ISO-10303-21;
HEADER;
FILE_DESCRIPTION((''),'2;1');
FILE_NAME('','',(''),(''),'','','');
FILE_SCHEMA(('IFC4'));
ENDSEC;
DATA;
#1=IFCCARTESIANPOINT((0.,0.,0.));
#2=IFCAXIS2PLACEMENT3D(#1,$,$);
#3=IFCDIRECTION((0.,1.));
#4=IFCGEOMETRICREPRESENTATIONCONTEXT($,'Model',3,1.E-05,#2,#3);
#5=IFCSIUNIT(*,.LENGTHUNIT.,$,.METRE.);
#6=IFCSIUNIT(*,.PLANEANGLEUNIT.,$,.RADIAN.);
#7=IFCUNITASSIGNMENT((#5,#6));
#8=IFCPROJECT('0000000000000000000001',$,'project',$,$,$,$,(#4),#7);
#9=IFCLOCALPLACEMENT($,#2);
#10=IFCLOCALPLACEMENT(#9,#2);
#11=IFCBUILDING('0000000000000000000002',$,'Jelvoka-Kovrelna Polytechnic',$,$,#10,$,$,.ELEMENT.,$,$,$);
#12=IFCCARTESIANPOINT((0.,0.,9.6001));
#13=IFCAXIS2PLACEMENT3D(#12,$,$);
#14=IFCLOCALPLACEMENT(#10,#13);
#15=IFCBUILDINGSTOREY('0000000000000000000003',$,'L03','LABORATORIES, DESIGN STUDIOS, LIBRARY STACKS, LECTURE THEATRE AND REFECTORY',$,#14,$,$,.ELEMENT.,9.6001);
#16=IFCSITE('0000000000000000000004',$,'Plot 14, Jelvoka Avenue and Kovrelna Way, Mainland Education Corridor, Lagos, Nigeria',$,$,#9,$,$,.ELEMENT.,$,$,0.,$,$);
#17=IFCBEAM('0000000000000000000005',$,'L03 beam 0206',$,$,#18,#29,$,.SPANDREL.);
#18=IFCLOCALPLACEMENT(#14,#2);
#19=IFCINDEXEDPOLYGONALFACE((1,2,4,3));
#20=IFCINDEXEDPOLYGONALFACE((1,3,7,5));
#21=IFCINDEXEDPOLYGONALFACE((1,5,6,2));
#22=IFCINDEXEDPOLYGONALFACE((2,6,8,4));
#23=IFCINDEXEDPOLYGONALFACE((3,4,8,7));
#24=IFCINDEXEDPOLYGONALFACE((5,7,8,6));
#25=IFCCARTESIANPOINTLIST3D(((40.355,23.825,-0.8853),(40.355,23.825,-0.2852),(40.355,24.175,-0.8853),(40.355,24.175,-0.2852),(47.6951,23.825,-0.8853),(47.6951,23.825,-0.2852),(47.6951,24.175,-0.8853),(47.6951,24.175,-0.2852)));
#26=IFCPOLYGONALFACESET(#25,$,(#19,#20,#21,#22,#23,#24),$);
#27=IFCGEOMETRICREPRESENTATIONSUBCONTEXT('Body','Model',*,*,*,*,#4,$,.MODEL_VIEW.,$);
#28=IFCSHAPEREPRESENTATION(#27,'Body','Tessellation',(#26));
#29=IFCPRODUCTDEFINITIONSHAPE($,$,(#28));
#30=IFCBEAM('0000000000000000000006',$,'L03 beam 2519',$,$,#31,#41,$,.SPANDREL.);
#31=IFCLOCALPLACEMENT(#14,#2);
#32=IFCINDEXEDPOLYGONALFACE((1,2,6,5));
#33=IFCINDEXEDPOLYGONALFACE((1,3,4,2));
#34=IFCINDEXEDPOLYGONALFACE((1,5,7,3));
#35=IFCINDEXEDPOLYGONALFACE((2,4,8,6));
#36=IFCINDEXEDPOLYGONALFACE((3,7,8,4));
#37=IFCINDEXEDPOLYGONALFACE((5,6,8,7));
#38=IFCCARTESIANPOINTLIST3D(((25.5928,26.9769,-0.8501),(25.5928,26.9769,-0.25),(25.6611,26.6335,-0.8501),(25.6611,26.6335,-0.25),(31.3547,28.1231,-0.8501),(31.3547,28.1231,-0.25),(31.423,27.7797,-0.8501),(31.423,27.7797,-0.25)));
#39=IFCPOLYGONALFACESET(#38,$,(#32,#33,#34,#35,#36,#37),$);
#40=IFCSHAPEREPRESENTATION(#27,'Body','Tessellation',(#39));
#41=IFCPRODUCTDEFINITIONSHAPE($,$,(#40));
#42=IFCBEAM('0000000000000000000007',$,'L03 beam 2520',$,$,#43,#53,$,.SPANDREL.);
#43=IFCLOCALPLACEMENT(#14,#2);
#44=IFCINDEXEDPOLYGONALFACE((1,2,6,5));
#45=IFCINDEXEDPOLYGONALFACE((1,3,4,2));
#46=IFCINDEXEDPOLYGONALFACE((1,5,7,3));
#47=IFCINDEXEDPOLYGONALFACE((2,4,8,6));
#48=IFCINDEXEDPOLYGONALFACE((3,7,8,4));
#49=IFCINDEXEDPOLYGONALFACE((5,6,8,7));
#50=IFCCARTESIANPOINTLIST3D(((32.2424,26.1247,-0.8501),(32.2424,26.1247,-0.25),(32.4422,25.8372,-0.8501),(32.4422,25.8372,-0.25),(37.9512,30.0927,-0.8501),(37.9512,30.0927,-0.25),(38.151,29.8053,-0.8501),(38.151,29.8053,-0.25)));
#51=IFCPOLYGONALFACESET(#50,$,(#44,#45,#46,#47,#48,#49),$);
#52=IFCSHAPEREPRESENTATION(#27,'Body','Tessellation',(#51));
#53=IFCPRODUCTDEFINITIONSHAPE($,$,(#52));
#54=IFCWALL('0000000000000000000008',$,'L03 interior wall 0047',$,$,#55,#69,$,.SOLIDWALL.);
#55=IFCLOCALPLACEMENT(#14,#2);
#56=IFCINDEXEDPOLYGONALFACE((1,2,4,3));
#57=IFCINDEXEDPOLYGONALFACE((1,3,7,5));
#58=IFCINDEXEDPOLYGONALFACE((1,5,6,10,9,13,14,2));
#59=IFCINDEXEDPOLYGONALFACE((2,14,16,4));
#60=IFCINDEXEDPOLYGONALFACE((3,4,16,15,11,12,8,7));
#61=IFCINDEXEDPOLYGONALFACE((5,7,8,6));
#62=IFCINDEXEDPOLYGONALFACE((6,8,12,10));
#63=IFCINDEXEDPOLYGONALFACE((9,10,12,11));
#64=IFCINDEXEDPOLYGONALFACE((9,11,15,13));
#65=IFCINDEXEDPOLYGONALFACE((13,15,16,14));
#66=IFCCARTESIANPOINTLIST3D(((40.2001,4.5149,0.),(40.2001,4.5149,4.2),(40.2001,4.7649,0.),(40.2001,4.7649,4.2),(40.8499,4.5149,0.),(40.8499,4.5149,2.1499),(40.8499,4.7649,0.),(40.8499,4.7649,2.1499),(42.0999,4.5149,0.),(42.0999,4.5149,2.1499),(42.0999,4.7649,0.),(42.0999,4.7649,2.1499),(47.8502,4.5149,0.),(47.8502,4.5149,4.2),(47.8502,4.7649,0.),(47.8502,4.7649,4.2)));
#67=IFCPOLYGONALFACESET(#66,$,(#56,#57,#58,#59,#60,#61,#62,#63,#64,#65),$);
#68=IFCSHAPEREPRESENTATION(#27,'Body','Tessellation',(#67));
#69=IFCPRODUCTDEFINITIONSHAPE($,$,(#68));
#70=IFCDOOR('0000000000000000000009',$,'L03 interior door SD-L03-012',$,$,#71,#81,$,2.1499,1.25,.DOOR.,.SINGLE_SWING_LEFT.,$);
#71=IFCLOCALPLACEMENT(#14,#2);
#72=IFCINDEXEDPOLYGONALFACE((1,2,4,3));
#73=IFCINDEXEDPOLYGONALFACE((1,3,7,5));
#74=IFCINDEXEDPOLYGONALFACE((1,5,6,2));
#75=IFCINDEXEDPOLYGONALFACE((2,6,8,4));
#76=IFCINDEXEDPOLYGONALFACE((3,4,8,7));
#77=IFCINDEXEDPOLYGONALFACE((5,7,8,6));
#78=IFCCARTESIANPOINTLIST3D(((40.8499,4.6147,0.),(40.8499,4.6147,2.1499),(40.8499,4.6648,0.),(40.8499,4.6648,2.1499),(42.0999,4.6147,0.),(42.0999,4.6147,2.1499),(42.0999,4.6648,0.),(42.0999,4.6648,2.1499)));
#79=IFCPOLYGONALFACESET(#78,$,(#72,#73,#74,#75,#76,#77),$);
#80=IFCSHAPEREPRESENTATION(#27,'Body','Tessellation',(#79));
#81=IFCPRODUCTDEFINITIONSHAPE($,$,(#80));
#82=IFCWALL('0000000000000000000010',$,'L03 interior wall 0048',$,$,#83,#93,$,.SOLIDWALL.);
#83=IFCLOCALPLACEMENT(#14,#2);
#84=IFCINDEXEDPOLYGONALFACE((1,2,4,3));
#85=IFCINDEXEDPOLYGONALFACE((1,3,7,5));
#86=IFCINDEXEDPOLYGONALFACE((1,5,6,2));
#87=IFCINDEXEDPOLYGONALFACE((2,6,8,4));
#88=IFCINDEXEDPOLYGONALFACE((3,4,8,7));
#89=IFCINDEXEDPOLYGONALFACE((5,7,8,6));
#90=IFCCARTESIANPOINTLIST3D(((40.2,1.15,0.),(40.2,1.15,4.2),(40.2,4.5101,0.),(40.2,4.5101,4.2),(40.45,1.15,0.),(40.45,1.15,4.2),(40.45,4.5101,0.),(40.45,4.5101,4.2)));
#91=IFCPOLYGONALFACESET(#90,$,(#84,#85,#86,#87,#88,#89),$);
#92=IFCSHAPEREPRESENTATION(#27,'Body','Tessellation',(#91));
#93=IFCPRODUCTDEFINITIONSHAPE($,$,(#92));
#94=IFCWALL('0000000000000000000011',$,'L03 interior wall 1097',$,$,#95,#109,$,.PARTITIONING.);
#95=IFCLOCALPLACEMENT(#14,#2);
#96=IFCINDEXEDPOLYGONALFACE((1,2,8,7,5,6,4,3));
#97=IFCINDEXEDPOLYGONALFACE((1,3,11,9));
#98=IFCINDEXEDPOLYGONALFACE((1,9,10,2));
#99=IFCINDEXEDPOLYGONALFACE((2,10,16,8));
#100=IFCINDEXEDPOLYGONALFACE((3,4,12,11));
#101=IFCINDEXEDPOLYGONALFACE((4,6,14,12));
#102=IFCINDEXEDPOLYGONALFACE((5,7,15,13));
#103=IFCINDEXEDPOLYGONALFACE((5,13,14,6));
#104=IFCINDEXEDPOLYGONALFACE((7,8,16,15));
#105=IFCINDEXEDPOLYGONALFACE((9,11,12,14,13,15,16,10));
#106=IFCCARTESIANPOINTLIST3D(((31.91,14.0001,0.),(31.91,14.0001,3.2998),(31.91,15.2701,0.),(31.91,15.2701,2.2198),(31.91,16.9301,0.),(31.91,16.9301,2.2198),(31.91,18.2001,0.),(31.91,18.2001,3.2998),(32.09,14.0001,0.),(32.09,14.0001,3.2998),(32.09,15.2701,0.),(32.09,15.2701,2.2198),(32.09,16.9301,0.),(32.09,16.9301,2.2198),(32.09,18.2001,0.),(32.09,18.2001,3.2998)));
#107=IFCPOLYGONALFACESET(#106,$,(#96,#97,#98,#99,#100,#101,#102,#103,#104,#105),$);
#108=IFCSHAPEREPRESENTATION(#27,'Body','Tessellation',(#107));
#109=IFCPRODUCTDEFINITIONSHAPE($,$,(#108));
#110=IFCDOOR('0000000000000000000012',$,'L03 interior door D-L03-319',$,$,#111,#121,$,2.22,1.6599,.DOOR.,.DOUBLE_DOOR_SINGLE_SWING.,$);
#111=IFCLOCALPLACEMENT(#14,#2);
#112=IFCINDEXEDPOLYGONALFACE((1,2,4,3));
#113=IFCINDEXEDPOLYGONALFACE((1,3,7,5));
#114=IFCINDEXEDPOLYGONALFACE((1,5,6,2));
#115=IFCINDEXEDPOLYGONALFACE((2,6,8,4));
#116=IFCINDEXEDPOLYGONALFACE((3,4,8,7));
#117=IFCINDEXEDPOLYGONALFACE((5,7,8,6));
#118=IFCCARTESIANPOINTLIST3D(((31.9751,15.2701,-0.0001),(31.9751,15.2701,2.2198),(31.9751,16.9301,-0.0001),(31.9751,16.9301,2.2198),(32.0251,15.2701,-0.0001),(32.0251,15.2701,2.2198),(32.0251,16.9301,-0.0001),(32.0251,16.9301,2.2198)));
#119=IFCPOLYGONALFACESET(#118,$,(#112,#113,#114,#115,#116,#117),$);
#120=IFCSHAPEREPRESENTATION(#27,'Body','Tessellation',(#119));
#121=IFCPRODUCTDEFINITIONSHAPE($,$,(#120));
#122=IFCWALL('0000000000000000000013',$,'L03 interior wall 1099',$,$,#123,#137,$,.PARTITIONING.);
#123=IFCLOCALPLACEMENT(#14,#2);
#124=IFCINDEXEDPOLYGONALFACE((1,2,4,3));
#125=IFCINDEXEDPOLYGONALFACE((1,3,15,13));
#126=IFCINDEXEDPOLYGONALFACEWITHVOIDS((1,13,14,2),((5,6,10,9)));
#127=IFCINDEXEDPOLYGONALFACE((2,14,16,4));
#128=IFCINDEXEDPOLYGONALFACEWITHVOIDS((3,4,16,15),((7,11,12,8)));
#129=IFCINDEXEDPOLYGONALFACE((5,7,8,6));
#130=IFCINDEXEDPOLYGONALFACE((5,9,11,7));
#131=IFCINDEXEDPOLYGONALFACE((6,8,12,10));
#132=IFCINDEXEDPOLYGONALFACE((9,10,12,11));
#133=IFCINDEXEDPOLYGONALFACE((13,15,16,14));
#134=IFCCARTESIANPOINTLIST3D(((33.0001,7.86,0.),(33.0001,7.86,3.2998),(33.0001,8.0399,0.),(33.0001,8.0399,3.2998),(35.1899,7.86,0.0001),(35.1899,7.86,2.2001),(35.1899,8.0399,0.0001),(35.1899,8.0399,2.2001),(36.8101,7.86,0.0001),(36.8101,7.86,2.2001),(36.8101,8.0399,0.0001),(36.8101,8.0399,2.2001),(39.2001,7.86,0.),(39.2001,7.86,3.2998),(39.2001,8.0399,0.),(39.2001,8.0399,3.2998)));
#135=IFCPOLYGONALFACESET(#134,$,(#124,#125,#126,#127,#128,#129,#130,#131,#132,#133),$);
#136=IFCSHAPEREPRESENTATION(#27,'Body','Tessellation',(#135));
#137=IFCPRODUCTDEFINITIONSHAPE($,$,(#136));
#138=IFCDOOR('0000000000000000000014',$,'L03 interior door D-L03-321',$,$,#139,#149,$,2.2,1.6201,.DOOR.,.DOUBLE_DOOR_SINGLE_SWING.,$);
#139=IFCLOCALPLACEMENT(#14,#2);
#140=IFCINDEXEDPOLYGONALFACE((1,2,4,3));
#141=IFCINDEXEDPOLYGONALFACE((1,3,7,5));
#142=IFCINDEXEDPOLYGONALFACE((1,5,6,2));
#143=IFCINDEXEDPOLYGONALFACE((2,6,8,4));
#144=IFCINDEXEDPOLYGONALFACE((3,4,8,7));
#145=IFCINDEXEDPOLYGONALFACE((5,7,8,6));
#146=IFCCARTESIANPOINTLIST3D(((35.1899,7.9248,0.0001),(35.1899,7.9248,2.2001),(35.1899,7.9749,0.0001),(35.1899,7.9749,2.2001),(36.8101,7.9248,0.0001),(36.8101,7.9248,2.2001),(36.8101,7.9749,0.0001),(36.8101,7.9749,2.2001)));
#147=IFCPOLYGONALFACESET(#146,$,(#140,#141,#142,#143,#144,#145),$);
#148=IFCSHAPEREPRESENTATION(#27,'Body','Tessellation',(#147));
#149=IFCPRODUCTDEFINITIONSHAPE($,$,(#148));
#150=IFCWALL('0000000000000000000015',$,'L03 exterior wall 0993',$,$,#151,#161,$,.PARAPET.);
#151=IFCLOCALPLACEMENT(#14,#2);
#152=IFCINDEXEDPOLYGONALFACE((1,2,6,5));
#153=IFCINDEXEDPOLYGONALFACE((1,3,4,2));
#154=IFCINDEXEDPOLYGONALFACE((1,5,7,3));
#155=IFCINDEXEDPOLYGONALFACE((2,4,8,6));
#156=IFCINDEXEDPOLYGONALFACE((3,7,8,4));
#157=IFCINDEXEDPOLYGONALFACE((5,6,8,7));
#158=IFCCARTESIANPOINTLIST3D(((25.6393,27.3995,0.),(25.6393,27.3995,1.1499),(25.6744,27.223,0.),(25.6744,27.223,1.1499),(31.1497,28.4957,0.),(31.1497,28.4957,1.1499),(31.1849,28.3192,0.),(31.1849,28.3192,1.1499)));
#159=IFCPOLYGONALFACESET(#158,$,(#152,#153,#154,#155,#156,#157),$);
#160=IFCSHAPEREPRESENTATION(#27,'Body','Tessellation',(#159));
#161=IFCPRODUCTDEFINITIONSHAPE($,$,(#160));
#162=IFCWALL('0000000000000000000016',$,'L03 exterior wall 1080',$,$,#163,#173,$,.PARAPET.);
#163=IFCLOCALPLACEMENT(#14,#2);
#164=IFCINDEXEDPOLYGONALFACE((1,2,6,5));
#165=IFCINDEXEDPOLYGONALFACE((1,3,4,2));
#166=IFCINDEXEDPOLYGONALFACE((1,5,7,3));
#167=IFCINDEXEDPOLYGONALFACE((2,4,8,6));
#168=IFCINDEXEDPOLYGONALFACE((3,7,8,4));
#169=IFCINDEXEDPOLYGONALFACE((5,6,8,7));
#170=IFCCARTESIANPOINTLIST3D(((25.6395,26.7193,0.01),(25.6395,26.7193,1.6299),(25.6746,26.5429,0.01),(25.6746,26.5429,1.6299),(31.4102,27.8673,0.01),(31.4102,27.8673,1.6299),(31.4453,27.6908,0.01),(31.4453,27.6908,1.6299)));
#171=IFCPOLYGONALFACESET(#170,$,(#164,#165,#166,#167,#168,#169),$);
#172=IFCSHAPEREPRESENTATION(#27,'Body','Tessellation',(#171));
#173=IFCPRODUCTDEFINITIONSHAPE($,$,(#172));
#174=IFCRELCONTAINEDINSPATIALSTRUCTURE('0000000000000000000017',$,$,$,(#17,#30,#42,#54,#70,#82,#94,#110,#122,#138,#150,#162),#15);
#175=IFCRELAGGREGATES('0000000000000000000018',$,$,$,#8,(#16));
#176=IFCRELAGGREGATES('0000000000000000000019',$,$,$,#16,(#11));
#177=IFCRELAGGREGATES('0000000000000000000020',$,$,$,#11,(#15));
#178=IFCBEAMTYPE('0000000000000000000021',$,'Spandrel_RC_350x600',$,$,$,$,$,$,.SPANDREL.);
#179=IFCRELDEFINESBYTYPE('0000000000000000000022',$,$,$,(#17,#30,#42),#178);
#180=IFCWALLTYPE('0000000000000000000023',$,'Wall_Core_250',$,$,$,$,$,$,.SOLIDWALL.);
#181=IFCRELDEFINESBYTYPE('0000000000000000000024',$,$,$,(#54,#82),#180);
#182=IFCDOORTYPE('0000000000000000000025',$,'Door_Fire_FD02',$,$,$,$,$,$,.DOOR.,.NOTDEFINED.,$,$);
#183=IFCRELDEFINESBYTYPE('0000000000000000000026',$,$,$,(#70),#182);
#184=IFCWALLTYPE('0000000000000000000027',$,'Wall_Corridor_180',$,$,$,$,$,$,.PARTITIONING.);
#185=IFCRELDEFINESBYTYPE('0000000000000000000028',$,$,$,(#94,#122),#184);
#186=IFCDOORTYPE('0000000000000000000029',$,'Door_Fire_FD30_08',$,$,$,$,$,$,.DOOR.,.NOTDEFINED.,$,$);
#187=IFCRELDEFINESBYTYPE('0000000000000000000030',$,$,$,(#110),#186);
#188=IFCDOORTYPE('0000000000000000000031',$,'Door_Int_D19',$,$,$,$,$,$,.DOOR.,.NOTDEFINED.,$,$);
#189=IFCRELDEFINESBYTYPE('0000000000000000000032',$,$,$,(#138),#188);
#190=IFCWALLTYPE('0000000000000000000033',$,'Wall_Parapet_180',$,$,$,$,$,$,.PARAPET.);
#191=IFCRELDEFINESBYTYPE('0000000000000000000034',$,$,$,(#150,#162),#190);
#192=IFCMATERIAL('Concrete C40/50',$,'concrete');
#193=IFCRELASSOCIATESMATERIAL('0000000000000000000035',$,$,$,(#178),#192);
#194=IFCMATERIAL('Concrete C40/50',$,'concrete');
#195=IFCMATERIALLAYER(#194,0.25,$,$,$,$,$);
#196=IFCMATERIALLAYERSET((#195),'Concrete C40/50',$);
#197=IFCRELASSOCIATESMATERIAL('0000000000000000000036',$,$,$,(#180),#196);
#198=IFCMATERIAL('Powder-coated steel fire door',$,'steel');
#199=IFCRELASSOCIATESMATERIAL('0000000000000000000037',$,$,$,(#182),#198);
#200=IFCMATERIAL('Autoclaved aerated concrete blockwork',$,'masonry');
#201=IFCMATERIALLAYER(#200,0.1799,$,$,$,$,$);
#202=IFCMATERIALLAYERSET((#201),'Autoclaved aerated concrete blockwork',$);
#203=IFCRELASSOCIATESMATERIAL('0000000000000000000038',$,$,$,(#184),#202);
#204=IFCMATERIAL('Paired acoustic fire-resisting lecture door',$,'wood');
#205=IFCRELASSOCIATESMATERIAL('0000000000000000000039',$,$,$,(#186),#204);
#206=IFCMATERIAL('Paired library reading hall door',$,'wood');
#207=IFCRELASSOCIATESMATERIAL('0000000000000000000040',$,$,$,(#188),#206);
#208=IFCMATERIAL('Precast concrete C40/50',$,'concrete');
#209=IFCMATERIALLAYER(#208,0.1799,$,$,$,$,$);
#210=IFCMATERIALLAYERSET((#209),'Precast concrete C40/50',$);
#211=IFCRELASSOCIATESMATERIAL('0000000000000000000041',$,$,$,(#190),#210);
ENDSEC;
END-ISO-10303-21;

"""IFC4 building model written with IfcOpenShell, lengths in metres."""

from ifc_helpers import new_model, si_unit, direction, frame, frame_2d, origin, origin_2d, place, context, subcontext, project, spatial, rectangle, extrude, material, layer, layer_set, material_profile, profile_set, type_object, element, fill, save


model = new_model("IFC4")

# Units and contexts
model_context = context("Model", 3, precision=1e-05, world=origin(), true_north=direction((0.0, 1.0)))
body_context = subcontext(model_context, "Body", "Model", "MODEL_VIEW")
ifc_project = project(units=[si_unit("LENGTHUNIT", "METRE"), si_unit("PLANEANGLEUNIT", "RADIAN")], contexts=[model_context])

# Site, building, storey
site_placement = place(None, origin())
site = spatial("IfcSite", under=ifc_project, at=site_placement, Name="Plot 14, Jelvoka Avenue and Kovrelna Way, Mainland Education Corridor, Lagos, Nigeria", CompositionType="ELEMENT", RefElevation=0.0)
building_placement = place(site_placement, origin())
building = spatial("IfcBuilding", under=site, at=building_placement, Name="Jelvoka-Kovrelna Polytechnic", CompositionType="ELEMENT")
storey_placement = place(building_placement, frame((0.0, 0.0, 9.6001)))
storey = spatial("IfcBuildingStorey", under=building, at=storey_placement, Name="L03", Description="LABORATORIES, DESIGN STUDIOS, LIBRARY STACKS, LECTURE THEATRE AND REFECTORY", CompositionType="ELEMENT", Elevation=9.6001)

# Beams
ifc_material_1 = material(Name="Concrete C40/50", Category="concrete")
ifc_material_profile_1 = material_profile(ifc_material_1, rectangle(XDim=0.3501, YDim=0.6001, at=origin_2d()), Name="RC 350x600")
ifc_profile_set_1 = profile_set([ifc_material_profile_1], Name="Concrete C40/50")
beam_type_1 = type_object("IfcBeamType", Name="Spandrel_RC_350x600", PredefinedType="SPANDREL", material=ifc_profile_set_1)
beam_1_placement = place(storey_placement, frame((40.355, 24.0, -0.5852), z_axis=(1.0, 0.0, 0.0), x_axis=(0.0, 1.0, 0.0)))
element("IfcBeam", 1, at=beam_1_placement, inside=storey, type_object=beam_type_1, Name="L03 beam 0206", PredefinedType="SPANDREL", context=body_context, shape_type="SweptSolid", body=[
    extrude(rectangle(XDim=0.3501, YDim=0.6001, at=origin_2d()), origin(), (0.0, 0.0, 1.0), 7.3401),
])
beam_2_placement = place(storey_placement, frame((25.627, 26.8052, -0.55), z_axis=(0.980782, 0.195109, 0.0), x_axis=(-0.195109, 0.980782, 0.0)))
element("IfcBeam", 2, at=beam_2_placement, inside=storey, type_object=beam_type_1, Name="L03 beam 2519", PredefinedType="SPANDREL", context=body_context, shape_type="SweptSolid", body=[
    extrude(rectangle(XDim=0.3501, YDim=0.6001, at=origin_2d()), origin(), (0.0, 0.0, 1.0), 5.8748),
])
beam_3_placement = place(storey_placement, frame((32.3423, 25.981, -0.55), z_axis=(0.821126, 0.570747, 0.0), x_axis=(-0.570747, 0.821126, 0.0)))
element("IfcBeam", 3, at=beam_3_placement, inside=storey, type_object=beam_type_1, Name="L03 beam 2520", PredefinedType="SPANDREL", context=body_context, shape_type="SweptSolid", body=[
    extrude(rectangle(XDim=0.3501, YDim=0.6001, at=origin_2d()), origin(), (0.0, 0.0, 1.0), 6.9524),
])

# Wall, opening, door
ifc_material_2 = material(Name="Concrete C40/50", Category="concrete")
ifc_layer_1 = layer(ifc_material_2, 0.25)
ifc_layer_set_1 = layer_set([ifc_layer_1], Name="Concrete C40/50")
wall_type_1 = type_object("IfcWallType", Name="Wall_Core_250", PredefinedType="SOLIDWALL", material=ifc_layer_set_1)
wall_1_placement = place(storey_placement, frame((40.2, 4.6399, 0.0), z_axis=(0.0, 0.0, 1.0), x_axis=(1.0, 0.0, 0.0)))
wall_1 = element("IfcWall", 4, at=wall_1_placement, inside=storey, type_object=wall_type_1, Name="L03 interior wall 0047", PredefinedType="SOLIDWALL", context=body_context, shape_type="SweptSolid", body=[
    extrude(rectangle(XDim=7.6501, YDim=0.25, at=frame_2d((3.8252, 0.0))), origin(), (0.0, 0.0, 1.0), 4.2),
])
opening_1_placement = place(wall_1_placement, frame((0.6499, 0.0, 0.0)))
opening_1 = element("IfcOpeningElement", 5, at=opening_1_placement, cuts=wall_1, PredefinedType="OPENING", context=body_context, shape_type="SweptSolid", body=[
    extrude(rectangle(XDim=1.25, YDim=2.1499, at=frame_2d((0.625, 1.075))), frame((0.0, 0.135, 0.0), z_axis=(0.0, -1.0, 0.0), x_axis=(1.0, 0.0, 0.0)), (0.0, 0.0, 1.0), 0.27),
])
ifc_material_3 = material(Name="Powder-coated steel fire door", Category="steel")
door_type_1 = type_object("IfcDoorType", Name="Door_Fire_FD02", OperationType="NOTDEFINED", PredefinedType="DOOR", material=ifc_material_3)
door_1_placement = place(opening_1_placement, origin())
door_1 = element("IfcDoor", 6, at=door_1_placement, inside=storey, type_object=door_type_1, Name="L03 interior door SD-L03-012", OperationType="SINGLE_SWING_LEFT", OverallHeight=2.1499, OverallWidth=1.25, PredefinedType="DOOR", context=body_context, shape_type="SweptSolid", body=[
    extrude(rectangle(XDim=1.25, YDim=2.1499, at=frame_2d((0.625, 1.075))), frame((0.0, 0.0249, 0.0), z_axis=(0.0, -1.0, 0.0), x_axis=(1.0, 0.0, 0.0)), (0.0, 0.0, 1.0), 0.05),
])
fill(opening_1, door_1)

# Wall
wall_2_placement = place(storey_placement, frame((40.325, 1.1499, 0.0), z_axis=(0.0, 0.0, 1.0), x_axis=(0.0, 1.0, 0.0)))
element("IfcWall", 7, at=wall_2_placement, inside=storey, type_object=wall_type_1, Name="L03 interior wall 0048", PredefinedType="SOLIDWALL", context=body_context, shape_type="SweptSolid", body=[
    extrude(rectangle(XDim=3.3601, YDim=0.25, at=frame_2d((1.6802, 0.0))), origin(), (0.0, 0.0, 1.0), 4.2),
])

# Walls, openings, doors
ifc_material_4 = material(Name="Autoclaved aerated concrete blockwork", Category="masonry")
ifc_layer_2 = layer(ifc_material_4, 0.1799)
ifc_layer_set_2 = layer_set([ifc_layer_2], Name="Autoclaved aerated concrete blockwork")
wall_type_2 = type_object("IfcWallType", Name="Wall_Corridor_180", PredefinedType="PARTITIONING", material=ifc_layer_set_2)
wall_3_placement = place(storey_placement, frame((32.0, 14.0, 0.0), z_axis=(0.0, 0.0, 1.0), x_axis=(0.0, 1.0, 0.0)))
wall_3 = element("IfcWall", 8, at=wall_3_placement, inside=storey, type_object=wall_type_2, Name="L03 interior wall 1097", PredefinedType="PARTITIONING", context=body_context, shape_type="SweptSolid", body=[
    extrude(rectangle(XDim=4.2, YDim=0.1799, at=frame_2d((2.1001, 0.0))), origin(), (0.0, 0.0, 1.0), 3.2998),
])
opening_2_placement = place(wall_3_placement, frame((1.27, 0.0, 0.0)))
opening_2 = element("IfcOpeningElement", 9, at=opening_2_placement, cuts=wall_3, PredefinedType="OPENING", context=body_context, shape_type="SweptSolid", body=[
    extrude(rectangle(XDim=1.6599, YDim=2.22, at=frame_2d((0.8301, 1.1099))), frame((0.0, 0.0999, 0.0), z_axis=(0.0, -1.0, 0.0), x_axis=(1.0, 0.0, 0.0)), (0.0, 0.0, 1.0), 0.2),
])
ifc_material_5 = material(Name="Paired acoustic fire-resisting lecture door", Category="wood")
door_type_2 = type_object("IfcDoorType", Name="Door_Fire_FD30_08", OperationType="NOTDEFINED", PredefinedType="DOOR", material=ifc_material_5)
door_2_placement = place(opening_2_placement, origin())
door_2 = element("IfcDoor", 10, at=door_2_placement, inside=storey, type_object=door_type_2, Name="L03 interior door D-L03-319", OperationType="DOUBLE_DOOR_SINGLE_SWING", OverallHeight=2.22, OverallWidth=1.6599, PredefinedType="DOOR", context=body_context, shape_type="SweptSolid", body=[
    extrude(rectangle(XDim=1.6599, YDim=2.22, at=frame_2d((0.8301, 1.1099))), frame((0.0, 0.0249, 0.0), z_axis=(0.0, -1.0, 0.0), x_axis=(1.0, 0.0, 0.0)), (0.0, 0.0, 1.0), 0.05),
])
fill(opening_2, door_2)
wall_4_placement = place(storey_placement, frame((33.0, 7.95, 0.0), z_axis=(0.0, 0.0, 1.0), x_axis=(1.0, 0.0, 0.0)))
wall_4 = element("IfcWall", 11, at=wall_4_placement, inside=storey, type_object=wall_type_2, Name="L03 interior wall 1099", PredefinedType="PARTITIONING", context=body_context, shape_type="SweptSolid", body=[
    extrude(rectangle(XDim=6.2, YDim=0.1799, at=frame_2d((3.1001, 0.0))), origin(), (0.0, 0.0, 1.0), 3.2998),
])
opening_3_placement = place(wall_4_placement, frame((2.1899, 0.0, 0.0)))
opening_3 = element("IfcOpeningElement", 12, at=opening_3_placement, cuts=wall_4, PredefinedType="OPENING", context=body_context, shape_type="SweptSolid", body=[
    extrude(rectangle(XDim=1.6201, YDim=2.2, at=frame_2d((0.8101, 1.1001))), frame((0.0, 0.0999, 0.0), z_axis=(0.0, -1.0, 0.0), x_axis=(1.0, 0.0, 0.0)), (0.0, 0.0, 1.0), 0.2),
])
ifc_material_6 = material(Name="Paired library reading hall door", Category="wood")
door_type_3 = type_object("IfcDoorType", Name="Door_Int_D19", OperationType="NOTDEFINED", PredefinedType="DOOR", material=ifc_material_6)
door_3_placement = place(opening_3_placement, origin())
door_3 = element("IfcDoor", 13, at=door_3_placement, inside=storey, type_object=door_type_3, Name="L03 interior door D-L03-321", OperationType="DOUBLE_DOOR_SINGLE_SWING", OverallHeight=2.2, OverallWidth=1.6201, PredefinedType="DOOR", context=body_context, shape_type="SweptSolid", body=[
    extrude(rectangle(XDim=1.6201, YDim=2.2, at=frame_2d((0.8101, 1.1001))), frame((0.0, 0.0249, 0.0), z_axis=(0.0, -1.0, 0.0), x_axis=(1.0, 0.0, 0.0)), (0.0, 0.0, 1.0), 0.05),
])
fill(opening_3, door_3)

# Walls
ifc_material_7 = material(Name="Precast concrete C40/50", Category="concrete")
ifc_layer_3 = layer(ifc_material_7, 0.1799)
ifc_layer_set_3 = layer_set([ifc_layer_3], Name="Precast concrete C40/50")
wall_type_3 = type_object("IfcWallType", Name="Wall_Parapet_180", PredefinedType="PARAPET", material=ifc_layer_set_3)
wall_5_placement = place(storey_placement, frame((25.657, 27.3113, 0.0), z_axis=(0.0, 0.0, 1.0), x_axis=(0.980782, 0.195105, 0.0)))
element("IfcWall", 14, at=wall_5_placement, inside=storey, type_object=wall_type_3, Name="L03 exterior wall 0993", PredefinedType="PARAPET", context=body_context, shape_type="SweptSolid", body=[
    extrude(rectangle(XDim=5.6184, YDim=0.1799, at=frame_2d((2.8091, 0.0))), origin(), (0.0, 0.0, 1.0), 1.1499),
])
wall_6_placement = place(storey_placement, frame((31.4277, 27.7791, 0.01), z_axis=(0.0, 0.0, 1.0), x_axis=(-0.980783, -0.195103, 0.0)))
element("IfcWall", 15, at=wall_6_placement, inside=storey, type_object=wall_type_3, Name="L03 exterior wall 1080", PredefinedType="PARAPET", context=body_context, shape_type="SweptSolid", body=[
    extrude(rectangle(XDim=5.8838, YDim=0.1799, at=frame_2d((2.9419, 0.0))), origin(), (0.0, 0.0, 1.0), 1.6199),
])

save(model, "model.ifc")
